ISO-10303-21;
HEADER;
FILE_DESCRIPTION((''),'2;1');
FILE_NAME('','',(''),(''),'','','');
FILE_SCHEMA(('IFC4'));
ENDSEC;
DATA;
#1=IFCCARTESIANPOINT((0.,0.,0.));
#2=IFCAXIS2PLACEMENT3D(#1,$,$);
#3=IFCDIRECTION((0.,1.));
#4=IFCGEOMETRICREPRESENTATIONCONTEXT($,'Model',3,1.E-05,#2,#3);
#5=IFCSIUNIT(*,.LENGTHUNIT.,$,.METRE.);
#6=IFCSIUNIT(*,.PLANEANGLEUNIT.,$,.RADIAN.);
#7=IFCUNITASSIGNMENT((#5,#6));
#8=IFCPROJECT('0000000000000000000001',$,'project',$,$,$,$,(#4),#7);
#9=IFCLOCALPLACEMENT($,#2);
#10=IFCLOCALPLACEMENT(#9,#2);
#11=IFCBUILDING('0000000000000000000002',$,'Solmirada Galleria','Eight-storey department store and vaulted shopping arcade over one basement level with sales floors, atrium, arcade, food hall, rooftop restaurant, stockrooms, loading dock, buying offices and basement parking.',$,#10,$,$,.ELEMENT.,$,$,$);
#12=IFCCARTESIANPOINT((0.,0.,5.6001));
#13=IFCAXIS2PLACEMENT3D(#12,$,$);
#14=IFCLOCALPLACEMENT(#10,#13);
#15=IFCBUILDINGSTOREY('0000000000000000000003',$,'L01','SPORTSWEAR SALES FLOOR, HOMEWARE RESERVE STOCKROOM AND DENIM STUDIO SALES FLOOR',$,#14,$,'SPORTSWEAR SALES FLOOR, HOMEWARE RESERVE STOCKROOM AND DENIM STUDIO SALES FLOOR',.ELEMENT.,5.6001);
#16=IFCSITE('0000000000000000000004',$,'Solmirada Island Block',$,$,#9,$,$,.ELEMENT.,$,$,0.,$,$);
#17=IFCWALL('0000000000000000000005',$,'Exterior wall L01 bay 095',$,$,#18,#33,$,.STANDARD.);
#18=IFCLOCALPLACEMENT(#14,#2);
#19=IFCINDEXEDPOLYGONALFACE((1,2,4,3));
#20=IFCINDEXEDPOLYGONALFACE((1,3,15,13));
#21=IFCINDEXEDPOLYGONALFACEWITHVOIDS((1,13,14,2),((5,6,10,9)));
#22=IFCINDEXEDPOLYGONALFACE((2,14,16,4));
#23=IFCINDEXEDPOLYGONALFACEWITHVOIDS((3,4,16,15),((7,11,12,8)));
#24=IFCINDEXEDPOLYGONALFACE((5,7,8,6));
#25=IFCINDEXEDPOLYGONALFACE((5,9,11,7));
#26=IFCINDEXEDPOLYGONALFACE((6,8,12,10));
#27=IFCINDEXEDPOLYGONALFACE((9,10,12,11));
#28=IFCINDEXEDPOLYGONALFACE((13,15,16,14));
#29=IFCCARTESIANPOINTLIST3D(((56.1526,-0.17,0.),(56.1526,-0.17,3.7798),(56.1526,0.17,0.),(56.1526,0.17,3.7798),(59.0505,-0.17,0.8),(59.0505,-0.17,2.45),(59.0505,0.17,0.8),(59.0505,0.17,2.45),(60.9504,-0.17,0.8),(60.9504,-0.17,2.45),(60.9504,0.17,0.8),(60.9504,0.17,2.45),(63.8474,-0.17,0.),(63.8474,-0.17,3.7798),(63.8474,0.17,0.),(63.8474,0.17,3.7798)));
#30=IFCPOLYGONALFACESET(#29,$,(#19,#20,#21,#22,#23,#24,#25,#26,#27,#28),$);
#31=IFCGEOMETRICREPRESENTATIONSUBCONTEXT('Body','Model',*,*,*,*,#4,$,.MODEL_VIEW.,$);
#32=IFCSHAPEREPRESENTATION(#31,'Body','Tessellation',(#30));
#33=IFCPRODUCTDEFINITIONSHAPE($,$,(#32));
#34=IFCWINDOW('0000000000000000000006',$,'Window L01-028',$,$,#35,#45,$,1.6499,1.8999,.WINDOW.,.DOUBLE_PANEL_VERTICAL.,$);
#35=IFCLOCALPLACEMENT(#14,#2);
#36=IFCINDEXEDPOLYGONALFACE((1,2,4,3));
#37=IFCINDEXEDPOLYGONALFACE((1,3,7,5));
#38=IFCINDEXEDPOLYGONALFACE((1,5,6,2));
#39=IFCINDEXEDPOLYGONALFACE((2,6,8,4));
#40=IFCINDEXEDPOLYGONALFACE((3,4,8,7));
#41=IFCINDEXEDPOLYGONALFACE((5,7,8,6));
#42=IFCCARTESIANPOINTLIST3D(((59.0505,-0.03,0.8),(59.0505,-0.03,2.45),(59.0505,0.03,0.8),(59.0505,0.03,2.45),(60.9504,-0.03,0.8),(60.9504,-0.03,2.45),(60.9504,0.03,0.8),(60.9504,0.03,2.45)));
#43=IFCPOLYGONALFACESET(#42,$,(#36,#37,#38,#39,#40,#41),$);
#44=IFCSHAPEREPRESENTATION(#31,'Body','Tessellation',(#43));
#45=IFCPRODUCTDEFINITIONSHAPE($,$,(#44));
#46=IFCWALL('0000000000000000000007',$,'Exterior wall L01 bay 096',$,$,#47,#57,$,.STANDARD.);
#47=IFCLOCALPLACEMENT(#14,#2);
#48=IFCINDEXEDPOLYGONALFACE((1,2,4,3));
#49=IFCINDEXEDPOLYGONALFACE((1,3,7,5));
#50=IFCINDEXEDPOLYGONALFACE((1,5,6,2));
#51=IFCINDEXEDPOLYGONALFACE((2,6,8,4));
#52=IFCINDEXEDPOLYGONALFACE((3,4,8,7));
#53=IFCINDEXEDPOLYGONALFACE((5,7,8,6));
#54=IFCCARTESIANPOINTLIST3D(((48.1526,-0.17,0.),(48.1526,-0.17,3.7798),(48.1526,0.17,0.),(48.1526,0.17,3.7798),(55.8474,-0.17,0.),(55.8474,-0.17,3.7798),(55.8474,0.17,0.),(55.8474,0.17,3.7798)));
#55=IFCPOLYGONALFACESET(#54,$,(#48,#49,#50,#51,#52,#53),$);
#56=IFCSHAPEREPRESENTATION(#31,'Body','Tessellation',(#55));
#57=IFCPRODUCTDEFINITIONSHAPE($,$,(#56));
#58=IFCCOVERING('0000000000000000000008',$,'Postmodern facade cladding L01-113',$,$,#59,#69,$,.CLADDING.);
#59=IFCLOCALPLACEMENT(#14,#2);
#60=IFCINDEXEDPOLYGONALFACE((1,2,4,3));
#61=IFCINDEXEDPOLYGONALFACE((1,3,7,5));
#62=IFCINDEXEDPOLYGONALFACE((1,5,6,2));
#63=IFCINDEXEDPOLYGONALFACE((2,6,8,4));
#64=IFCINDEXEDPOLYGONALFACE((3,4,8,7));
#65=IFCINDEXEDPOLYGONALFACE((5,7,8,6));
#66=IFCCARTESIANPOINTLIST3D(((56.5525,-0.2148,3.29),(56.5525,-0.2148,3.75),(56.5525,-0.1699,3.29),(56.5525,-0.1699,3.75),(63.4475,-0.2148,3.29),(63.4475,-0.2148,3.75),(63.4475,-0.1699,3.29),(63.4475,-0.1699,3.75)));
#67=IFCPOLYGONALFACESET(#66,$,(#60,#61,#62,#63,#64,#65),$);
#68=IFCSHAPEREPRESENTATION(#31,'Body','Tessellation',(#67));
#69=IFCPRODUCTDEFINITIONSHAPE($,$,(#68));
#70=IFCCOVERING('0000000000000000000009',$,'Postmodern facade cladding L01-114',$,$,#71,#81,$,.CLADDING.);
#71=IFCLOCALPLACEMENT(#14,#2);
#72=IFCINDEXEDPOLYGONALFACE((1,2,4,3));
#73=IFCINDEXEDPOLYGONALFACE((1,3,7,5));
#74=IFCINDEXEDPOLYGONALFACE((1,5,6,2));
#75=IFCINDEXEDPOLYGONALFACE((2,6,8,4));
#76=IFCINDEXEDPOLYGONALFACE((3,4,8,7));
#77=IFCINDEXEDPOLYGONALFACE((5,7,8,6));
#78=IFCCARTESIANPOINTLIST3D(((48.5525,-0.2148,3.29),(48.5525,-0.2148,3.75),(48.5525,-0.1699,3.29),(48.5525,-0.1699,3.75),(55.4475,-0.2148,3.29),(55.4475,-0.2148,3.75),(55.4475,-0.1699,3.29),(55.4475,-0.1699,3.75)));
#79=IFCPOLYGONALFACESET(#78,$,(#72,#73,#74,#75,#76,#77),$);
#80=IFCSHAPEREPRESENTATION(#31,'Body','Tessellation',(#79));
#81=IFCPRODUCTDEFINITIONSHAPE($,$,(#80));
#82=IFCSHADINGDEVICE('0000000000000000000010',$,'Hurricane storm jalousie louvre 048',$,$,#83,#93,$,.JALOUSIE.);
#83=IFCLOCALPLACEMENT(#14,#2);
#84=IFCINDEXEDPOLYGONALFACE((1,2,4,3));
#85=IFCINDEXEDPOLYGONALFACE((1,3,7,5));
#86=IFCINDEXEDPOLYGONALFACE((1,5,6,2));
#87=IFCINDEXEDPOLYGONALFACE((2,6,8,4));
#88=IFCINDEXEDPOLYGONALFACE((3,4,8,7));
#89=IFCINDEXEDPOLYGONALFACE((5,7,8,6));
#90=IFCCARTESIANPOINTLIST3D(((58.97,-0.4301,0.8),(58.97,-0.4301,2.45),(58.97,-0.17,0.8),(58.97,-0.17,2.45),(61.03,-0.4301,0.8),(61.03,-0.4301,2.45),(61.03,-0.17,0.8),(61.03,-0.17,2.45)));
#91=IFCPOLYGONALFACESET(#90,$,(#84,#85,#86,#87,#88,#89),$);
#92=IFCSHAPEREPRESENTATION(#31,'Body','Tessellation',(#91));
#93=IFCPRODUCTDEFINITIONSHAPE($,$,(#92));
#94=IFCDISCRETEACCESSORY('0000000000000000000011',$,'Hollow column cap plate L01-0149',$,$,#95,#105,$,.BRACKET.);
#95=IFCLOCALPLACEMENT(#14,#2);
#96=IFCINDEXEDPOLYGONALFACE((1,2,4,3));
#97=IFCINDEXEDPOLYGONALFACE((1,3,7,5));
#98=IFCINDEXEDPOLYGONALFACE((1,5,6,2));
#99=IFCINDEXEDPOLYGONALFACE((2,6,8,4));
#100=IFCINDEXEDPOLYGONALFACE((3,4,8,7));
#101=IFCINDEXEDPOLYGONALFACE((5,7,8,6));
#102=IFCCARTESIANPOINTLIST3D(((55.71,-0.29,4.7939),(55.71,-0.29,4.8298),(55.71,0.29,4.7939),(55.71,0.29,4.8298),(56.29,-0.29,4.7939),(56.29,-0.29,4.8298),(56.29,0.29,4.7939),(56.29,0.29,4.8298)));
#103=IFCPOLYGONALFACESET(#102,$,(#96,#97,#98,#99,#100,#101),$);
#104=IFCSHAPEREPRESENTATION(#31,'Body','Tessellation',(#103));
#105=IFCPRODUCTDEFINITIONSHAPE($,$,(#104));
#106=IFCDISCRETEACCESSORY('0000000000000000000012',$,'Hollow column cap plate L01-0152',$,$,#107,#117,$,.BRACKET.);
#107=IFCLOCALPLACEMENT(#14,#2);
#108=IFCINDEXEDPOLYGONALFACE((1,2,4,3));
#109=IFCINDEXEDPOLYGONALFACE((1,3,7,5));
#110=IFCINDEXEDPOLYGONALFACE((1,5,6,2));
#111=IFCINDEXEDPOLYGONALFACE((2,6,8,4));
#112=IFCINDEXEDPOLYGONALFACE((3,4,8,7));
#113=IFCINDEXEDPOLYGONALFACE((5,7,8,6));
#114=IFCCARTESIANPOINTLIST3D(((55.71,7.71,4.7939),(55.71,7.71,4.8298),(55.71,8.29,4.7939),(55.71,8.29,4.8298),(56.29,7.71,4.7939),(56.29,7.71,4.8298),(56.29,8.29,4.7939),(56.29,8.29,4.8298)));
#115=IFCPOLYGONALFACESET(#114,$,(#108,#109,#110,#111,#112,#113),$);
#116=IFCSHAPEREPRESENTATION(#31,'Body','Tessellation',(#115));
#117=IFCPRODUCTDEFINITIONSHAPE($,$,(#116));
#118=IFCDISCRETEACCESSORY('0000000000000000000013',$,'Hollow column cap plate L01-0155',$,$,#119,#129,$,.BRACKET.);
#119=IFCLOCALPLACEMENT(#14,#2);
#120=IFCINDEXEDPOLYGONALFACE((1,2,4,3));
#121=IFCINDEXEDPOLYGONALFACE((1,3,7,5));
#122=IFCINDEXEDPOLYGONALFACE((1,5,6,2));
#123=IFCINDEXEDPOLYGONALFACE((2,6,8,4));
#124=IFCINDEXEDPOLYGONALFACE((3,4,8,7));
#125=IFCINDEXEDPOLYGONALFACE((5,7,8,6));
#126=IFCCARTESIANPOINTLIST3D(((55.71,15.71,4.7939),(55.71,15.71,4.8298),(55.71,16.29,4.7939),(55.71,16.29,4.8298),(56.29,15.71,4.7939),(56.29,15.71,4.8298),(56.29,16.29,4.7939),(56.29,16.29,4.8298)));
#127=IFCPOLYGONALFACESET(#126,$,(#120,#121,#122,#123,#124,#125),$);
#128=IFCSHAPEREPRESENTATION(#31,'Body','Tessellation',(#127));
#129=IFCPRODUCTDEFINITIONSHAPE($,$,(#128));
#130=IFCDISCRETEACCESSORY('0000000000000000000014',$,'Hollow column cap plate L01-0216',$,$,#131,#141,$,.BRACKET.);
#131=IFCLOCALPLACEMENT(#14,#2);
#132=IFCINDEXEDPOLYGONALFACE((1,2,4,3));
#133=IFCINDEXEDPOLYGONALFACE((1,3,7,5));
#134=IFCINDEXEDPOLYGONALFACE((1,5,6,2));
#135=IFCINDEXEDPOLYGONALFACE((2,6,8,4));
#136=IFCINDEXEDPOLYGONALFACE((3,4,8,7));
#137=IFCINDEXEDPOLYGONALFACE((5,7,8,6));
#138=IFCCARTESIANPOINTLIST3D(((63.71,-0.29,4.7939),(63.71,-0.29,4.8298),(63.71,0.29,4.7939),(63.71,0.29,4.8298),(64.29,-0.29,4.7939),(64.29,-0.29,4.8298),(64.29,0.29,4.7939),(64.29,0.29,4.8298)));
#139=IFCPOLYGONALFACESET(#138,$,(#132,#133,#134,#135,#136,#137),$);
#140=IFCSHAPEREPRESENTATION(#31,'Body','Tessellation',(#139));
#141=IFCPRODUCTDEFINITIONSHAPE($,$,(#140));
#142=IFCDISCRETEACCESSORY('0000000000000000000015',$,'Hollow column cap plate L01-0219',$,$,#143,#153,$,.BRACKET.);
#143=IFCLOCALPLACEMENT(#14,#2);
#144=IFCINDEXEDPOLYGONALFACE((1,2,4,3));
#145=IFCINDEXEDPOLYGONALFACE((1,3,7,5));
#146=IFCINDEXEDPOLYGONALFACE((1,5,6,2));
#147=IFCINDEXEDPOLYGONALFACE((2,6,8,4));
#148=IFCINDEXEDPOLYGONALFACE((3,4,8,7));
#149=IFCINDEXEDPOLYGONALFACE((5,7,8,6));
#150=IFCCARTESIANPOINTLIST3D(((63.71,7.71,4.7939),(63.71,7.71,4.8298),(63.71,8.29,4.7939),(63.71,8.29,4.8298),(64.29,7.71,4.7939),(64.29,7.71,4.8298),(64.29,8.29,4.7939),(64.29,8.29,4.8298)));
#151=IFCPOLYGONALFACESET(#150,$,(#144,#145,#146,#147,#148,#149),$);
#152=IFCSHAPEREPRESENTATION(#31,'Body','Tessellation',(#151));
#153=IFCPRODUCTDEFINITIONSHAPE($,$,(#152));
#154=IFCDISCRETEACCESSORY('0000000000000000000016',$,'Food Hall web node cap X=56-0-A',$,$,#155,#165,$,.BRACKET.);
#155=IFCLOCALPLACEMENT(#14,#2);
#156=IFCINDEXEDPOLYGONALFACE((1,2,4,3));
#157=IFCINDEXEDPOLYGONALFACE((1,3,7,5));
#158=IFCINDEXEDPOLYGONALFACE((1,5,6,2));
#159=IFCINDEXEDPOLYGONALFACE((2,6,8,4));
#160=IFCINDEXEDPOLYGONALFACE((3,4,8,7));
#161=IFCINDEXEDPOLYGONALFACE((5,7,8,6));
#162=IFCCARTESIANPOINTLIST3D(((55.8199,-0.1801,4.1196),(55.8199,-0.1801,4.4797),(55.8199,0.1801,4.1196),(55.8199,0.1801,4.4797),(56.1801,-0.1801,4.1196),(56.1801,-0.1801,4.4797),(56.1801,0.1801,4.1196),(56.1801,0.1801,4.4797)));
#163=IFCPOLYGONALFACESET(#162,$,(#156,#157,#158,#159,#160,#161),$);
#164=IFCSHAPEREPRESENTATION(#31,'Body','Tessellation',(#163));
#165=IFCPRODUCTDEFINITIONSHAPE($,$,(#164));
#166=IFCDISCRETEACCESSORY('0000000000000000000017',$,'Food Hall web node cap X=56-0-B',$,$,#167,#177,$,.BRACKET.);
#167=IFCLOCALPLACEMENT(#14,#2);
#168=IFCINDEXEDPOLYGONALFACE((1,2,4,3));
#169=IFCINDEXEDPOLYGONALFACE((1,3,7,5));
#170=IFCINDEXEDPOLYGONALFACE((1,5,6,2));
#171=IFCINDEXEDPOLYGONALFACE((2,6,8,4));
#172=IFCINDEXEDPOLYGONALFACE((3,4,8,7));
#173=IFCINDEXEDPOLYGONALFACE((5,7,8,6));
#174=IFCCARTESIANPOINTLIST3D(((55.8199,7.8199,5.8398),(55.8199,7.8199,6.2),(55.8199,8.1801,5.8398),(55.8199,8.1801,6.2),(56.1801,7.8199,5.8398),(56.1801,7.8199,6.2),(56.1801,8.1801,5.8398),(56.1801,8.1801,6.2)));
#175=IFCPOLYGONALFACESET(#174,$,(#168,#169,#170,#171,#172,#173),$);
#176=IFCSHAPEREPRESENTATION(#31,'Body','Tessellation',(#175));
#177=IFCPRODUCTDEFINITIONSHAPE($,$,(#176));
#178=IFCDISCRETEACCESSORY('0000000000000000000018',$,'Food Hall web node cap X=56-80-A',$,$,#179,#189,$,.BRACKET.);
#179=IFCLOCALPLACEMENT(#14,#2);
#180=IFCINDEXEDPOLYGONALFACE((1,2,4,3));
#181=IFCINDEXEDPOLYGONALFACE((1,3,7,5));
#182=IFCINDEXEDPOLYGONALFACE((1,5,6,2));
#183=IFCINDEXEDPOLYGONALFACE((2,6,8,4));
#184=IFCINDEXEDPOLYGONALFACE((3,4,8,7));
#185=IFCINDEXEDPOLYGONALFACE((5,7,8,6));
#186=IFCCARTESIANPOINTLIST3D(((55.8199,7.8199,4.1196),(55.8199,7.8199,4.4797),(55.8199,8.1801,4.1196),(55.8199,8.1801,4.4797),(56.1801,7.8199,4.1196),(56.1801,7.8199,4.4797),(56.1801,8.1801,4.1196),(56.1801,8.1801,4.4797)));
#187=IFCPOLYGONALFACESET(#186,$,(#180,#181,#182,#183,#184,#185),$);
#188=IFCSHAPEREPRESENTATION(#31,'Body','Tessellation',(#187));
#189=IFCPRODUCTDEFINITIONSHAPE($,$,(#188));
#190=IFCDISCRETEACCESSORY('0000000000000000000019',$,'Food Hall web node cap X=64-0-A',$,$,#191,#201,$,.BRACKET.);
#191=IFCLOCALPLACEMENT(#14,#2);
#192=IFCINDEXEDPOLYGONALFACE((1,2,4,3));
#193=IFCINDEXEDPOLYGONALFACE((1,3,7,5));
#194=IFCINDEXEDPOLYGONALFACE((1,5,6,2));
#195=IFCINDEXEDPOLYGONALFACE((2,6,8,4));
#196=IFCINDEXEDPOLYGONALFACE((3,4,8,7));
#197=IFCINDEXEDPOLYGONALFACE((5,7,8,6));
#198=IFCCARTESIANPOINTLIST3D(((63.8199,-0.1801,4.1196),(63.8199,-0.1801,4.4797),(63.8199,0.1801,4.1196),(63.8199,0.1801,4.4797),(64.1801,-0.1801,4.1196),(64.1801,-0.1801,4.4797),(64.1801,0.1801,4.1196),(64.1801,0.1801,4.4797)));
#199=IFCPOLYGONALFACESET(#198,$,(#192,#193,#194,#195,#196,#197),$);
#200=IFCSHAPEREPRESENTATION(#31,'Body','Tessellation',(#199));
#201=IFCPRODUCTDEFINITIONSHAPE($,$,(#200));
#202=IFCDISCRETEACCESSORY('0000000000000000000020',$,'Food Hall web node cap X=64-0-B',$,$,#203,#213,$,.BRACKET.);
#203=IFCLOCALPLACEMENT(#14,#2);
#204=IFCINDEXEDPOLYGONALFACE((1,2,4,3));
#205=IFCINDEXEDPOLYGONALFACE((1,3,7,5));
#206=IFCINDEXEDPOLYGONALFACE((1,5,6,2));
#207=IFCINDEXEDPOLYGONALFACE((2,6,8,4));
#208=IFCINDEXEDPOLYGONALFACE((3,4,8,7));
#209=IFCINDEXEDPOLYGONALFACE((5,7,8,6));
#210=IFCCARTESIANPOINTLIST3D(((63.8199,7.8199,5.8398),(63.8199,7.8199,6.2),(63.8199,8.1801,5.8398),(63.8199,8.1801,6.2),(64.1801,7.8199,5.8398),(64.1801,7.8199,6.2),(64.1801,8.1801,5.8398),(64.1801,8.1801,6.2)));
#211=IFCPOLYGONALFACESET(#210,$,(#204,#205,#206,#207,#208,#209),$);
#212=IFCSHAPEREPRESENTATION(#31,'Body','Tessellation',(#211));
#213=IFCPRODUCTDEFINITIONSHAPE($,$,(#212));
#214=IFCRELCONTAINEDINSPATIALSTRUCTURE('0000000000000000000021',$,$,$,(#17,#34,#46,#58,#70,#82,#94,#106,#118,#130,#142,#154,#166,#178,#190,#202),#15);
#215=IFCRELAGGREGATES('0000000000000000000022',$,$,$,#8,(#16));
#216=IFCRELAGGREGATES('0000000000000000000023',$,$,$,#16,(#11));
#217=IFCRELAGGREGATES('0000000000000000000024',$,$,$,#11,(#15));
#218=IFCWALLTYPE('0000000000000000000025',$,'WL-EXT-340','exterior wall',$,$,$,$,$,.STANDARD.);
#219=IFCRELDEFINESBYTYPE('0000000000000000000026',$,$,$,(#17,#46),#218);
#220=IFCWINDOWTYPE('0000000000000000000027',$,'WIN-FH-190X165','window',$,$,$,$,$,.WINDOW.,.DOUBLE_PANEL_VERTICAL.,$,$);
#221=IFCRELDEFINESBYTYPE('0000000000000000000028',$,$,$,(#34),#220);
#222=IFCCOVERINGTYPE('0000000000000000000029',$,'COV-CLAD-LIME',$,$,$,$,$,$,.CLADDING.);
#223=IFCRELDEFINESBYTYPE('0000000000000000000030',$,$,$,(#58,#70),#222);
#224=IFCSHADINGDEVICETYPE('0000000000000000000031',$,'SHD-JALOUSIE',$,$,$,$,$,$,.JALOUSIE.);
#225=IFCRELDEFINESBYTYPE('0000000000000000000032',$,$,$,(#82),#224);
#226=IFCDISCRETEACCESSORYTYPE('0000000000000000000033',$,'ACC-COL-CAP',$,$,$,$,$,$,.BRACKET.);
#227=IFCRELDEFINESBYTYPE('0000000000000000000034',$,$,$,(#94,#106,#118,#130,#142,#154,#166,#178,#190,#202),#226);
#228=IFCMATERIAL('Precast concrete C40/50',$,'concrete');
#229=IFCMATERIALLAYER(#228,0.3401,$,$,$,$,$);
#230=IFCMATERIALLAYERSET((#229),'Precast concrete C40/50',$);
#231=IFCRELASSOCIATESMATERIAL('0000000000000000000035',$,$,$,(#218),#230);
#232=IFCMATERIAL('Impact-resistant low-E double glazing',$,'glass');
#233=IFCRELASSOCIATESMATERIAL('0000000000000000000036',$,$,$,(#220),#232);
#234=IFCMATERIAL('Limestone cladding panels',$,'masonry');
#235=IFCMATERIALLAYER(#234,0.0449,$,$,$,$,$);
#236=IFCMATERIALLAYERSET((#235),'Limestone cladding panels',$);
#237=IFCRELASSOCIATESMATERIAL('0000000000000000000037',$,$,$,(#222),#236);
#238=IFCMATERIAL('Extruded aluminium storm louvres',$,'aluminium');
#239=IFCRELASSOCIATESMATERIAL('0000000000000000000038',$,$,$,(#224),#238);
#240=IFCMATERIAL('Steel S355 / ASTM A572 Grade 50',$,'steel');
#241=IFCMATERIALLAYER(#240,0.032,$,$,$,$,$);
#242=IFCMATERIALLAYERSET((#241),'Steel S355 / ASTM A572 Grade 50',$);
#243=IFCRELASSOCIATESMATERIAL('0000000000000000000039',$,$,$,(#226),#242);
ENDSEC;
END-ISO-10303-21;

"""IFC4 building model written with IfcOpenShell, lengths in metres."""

from ifc_helpers import new_model, si_unit, direction, frame, frame_2d, origin, origin_2d, place, context, subcontext, project, spatial, rectangle, extrude, material, layer, layer_set, type_object, element, fill, save


model = new_model("IFC4")

# Units and contexts
model_context = context("Model", 3, precision=1e-05, world=origin(), true_north=direction((0.0, 1.0)))
body_context = subcontext(model_context, "Body", "Model", "MODEL_VIEW")
ifc_project = project(units=[si_unit("LENGTHUNIT", "METRE"), si_unit("PLANEANGLEUNIT", "RADIAN")], contexts=[model_context])

# Site, building, storey
site_placement = place(None, origin())
site = spatial("IfcSite", under=ifc_project, at=site_placement, Name="Solmirada Island Block", CompositionType="ELEMENT", RefElevation=0.0)
building_placement = place(site_placement, origin())
building = spatial("IfcBuilding", under=site, at=building_placement, Name="Solmirada Galleria", Description="Eight-storey department store and vaulted shopping arcade over one basement level with sales floors, atrium, arcade, food hall, rooftop restaurant, stockrooms, loading dock, buying offices and basement parking.", CompositionType="ELEMENT")
storey_placement = place(building_placement, frame((0.0, 0.0, 5.6001)))
storey = spatial("IfcBuildingStorey", under=building, at=storey_placement, Name="L01", Description="SPORTSWEAR SALES FLOOR, HOMEWARE RESERVE STOCKROOM AND DENIM STUDIO SALES FLOOR", LongName="SPORTSWEAR SALES FLOOR, HOMEWARE RESERVE STOCKROOM AND DENIM STUDIO SALES FLOOR", CompositionType="ELEMENT", Elevation=5.6001)

# Shared definitions
ifc_material_1 = material(Name="Precast concrete C40/50", Category="concrete")

# Wall, opening, window
ifc_layer_1 = layer(ifc_material_1, 0.3401)
ifc_layer_set_1 = layer_set([ifc_layer_1], Name="Precast concrete C40/50")
wall_type = type_object("IfcWallType", Name="WL-EXT-340", Description="exterior wall", PredefinedType="STANDARD", material=ifc_layer_set_1)
wall_1_placement = place(storey_placement, frame((63.8474, 0.0, 0.0), z_axis=(0.0, 0.0, 1.0), x_axis=(-1.0, 0.0, 0.0)))
wall_1 = element("IfcWall", 1, at=wall_1_placement, inside=storey, type_object=wall_type, Name="Exterior wall L01 bay 095", PredefinedType="STANDARD", context=body_context, shape_type="SweptSolid", body=[
    extrude(rectangle(XDim=7.6948, YDim=0.3401, at=frame_2d((3.8474, 0.0))), origin(), (0.0, 0.0, 1.0), 3.7798),
])
opening_placement = place(wall_1_placement, frame((2.897, 0.0, 0.8)))
opening = element("IfcOpeningElement", 2, at=opening_placement, cuts=wall_1, PredefinedType="OPENING", context=body_context, shape_type="SweptSolid", body=[
    extrude(rectangle(XDim=1.8999, YDim=1.6499, at=frame_2d((0.95, 0.825))), frame((0.0, 0.1799, 0.0), z_axis=(0.0, -1.0, 0.0), x_axis=(1.0, 0.0, 0.0)), (0.0, 0.0, 1.0), 0.3601),
])
ifc_material_2 = material(Name="Impact-resistant low-E double glazing", Category="glass")
window_type = type_object("IfcWindowType", Name="WIN-FH-190X165", Description="window", PartitioningType="DOUBLE_PANEL_VERTICAL", PredefinedType="WINDOW", material=ifc_material_2)
window_placement = place(opening_placement, origin())
window = element("IfcWindow", 3, at=window_placement, inside=storey, type_object=window_type, Name="Window L01-028", OverallHeight=1.6499, OverallWidth=1.8999, PartitioningType="DOUBLE_PANEL_VERTICAL", PredefinedType="WINDOW", context=body_context, shape_type="SweptSolid", body=[
    extrude(rectangle(XDim=1.8999, YDim=1.6499, at=frame_2d((0.95, 0.825))), frame((0.0, 0.03, 0.0), z_axis=(0.0, -1.0, 0.0), x_axis=(1.0, 0.0, 0.0)), (0.0, 0.0, 1.0), 0.0601),
])
fill(opening, window)

# Wall
wall_2_placement = place(storey_placement, frame((55.8474, 0.0, 0.0), z_axis=(0.0, 0.0, 1.0), x_axis=(-1.0, 0.0, 0.0)))
element("IfcWall", 4, at=wall_2_placement, inside=storey, type_object=wall_type, Name="Exterior wall L01 bay 096", PredefinedType="STANDARD", context=body_context, shape_type="SweptSolid", body=[
    extrude(rectangle(XDim=7.6948, YDim=0.3401, at=frame_2d((3.8474, 0.0))), origin(), (0.0, 0.0, 1.0), 3.7798),
])

# Coverings
ifc_material_3 = material(Name="Limestone cladding panels", Category="masonry")
ifc_layer_2 = layer(ifc_material_3, 0.0449)
ifc_layer_set_2 = layer_set([ifc_layer_2], Name="Limestone cladding panels")
covering_type = type_object("IfcCoveringType", Name="COV-CLAD-LIME", PredefinedType="CLADDING", material=ifc_layer_set_2)
for number, where, z_axis, x_axis, name in (
    (5, (60.0, -0.1924, 3.29), (0.0, 0.0, 1.0), (-1.0, 0.0, 0.0), "Postmodern facade cladding L01-113"),
    (6, (52.0, -0.1924, 3.29), (0.0, 0.0, 1.0), (-1.0, 0.0, 0.0), "Postmodern facade cladding L01-114"),
):
    element("IfcCovering", number, at=place(storey_placement, frame(where, z_axis=z_axis, x_axis=x_axis)), inside=storey, type_object=covering_type, Name=name, PredefinedType="CLADDING", context=body_context, shape_type="SweptSolid", body=[
        extrude(rectangle(XDim=6.895, YDim=0.0449, at=origin_2d()), origin(), (0.0, 0.0, 1.0), 0.46),
    ])

# Shading device
ifc_material_4 = material(Name="Extruded aluminium storm louvres", Category="aluminium")
shading_device_type = type_object("IfcShadingDeviceType", Name="SHD-JALOUSIE", PredefinedType="JALOUSIE", material=ifc_material_4)
shading_device_placement = place(storey_placement, frame((60.0, -0.3, 0.8), z_axis=(0.0, 0.0, 1.0), x_axis=(-1.0, 0.0, 0.0)))
element("IfcShadingDevice", 7, at=shading_device_placement, inside=storey, type_object=shading_device_type, Name="Hurricane storm jalousie louvre 048", PredefinedType="JALOUSIE", context=body_context, shape_type="SweptSolid", body=[
    extrude(rectangle(XDim=2.0601, YDim=0.26, at=origin_2d()), origin(), (0.0, 0.0, 1.0), 1.6499),
])

# Discrete accessories
ifc_material_5 = material(Name="Steel S355 / ASTM A572 Grade 50", Category="steel")
ifc_layer_3 = layer(ifc_material_5, 0.032)
ifc_layer_set_3 = layer_set([ifc_layer_3], Name="Steel S355 / ASTM A572 Grade 50")
discrete_accessory_type = type_object("IfcDiscreteAccessoryType", Name="ACC-COL-CAP", PredefinedType="BRACKET", material=ifc_layer_set_3)
for number, where, z_axis, x_axis, name in (
    (8, (56.0, 0.0, 4.7939), (0.0, 0.0, 1.0), (1.0, 0.0, 0.0), "Hollow column cap plate L01-0149"),
    (9, (56.0, 8.0, 4.7939), (0.0, 0.0, 1.0), (1.0, 0.0, 0.0), "Hollow column cap plate L01-0152"),
    (10, (56.0, 16.0, 4.7939), (0.0, 0.0, 1.0), (1.0, 0.0, 0.0), "Hollow column cap plate L01-0155"),
    (11, (64.0, 0.0, 4.7939), (0.0, 0.0, 1.0), (1.0, 0.0, 0.0), "Hollow column cap plate L01-0216"),
    (12, (64.0, 8.0, 4.7939), (0.0, 0.0, 1.0), (1.0, 0.0, 0.0), "Hollow column cap plate L01-0219"),
):
    element("IfcDiscreteAccessory", number, at=place(storey_placement, frame(where, z_axis=z_axis, x_axis=x_axis)), inside=storey, type_object=discrete_accessory_type, Name=name, PredefinedType="BRACKET", context=body_context, shape_type="SweptSolid", body=[
        extrude(rectangle(XDim=0.5801, YDim=0.5801, at=origin_2d()), origin(), (0.0, 0.0, 1.0), 0.0359),
    ])
for number, where, z_axis, x_axis, name in (
    (13, (56.0, 0.0, 4.1196), (0.0, 0.0, 1.0), (1.0, 0.0, 0.0), "Food Hall web node cap X=56-0-A"),
    (14, (56.0, 8.0, 5.8398), (0.0, 0.0, 1.0), (1.0, 0.0, 0.0), "Food Hall web node cap X=56-0-B"),
    (15, (56.0, 8.0, 4.1196), (0.0, 0.0, 1.0), (1.0, 0.0, 0.0), "Food Hall web node cap X=56-80-A"),
    (16, (64.0, 0.0, 4.1196), (0.0, 0.0, 1.0), (1.0, 0.0, 0.0), "Food Hall web node cap X=64-0-A"),
    (17, (64.0, 8.0, 5.8398), (0.0, 0.0, 1.0), (1.0, 0.0, 0.0), "Food Hall web node cap X=64-0-B"),
):
    element("IfcDiscreteAccessory", number, at=place(storey_placement, frame(where, z_axis=z_axis, x_axis=x_axis)), inside=storey, type_object=discrete_accessory_type, Name=name, PredefinedType="BRACKET", context=body_context, shape_type="SweptSolid", body=[
        extrude(rectangle(XDim=0.3601, YDim=0.3601, at=origin_2d()), origin(), (0.0, 0.0, 1.0), 0.3601),
    ])

save(model, "model.ifc")
